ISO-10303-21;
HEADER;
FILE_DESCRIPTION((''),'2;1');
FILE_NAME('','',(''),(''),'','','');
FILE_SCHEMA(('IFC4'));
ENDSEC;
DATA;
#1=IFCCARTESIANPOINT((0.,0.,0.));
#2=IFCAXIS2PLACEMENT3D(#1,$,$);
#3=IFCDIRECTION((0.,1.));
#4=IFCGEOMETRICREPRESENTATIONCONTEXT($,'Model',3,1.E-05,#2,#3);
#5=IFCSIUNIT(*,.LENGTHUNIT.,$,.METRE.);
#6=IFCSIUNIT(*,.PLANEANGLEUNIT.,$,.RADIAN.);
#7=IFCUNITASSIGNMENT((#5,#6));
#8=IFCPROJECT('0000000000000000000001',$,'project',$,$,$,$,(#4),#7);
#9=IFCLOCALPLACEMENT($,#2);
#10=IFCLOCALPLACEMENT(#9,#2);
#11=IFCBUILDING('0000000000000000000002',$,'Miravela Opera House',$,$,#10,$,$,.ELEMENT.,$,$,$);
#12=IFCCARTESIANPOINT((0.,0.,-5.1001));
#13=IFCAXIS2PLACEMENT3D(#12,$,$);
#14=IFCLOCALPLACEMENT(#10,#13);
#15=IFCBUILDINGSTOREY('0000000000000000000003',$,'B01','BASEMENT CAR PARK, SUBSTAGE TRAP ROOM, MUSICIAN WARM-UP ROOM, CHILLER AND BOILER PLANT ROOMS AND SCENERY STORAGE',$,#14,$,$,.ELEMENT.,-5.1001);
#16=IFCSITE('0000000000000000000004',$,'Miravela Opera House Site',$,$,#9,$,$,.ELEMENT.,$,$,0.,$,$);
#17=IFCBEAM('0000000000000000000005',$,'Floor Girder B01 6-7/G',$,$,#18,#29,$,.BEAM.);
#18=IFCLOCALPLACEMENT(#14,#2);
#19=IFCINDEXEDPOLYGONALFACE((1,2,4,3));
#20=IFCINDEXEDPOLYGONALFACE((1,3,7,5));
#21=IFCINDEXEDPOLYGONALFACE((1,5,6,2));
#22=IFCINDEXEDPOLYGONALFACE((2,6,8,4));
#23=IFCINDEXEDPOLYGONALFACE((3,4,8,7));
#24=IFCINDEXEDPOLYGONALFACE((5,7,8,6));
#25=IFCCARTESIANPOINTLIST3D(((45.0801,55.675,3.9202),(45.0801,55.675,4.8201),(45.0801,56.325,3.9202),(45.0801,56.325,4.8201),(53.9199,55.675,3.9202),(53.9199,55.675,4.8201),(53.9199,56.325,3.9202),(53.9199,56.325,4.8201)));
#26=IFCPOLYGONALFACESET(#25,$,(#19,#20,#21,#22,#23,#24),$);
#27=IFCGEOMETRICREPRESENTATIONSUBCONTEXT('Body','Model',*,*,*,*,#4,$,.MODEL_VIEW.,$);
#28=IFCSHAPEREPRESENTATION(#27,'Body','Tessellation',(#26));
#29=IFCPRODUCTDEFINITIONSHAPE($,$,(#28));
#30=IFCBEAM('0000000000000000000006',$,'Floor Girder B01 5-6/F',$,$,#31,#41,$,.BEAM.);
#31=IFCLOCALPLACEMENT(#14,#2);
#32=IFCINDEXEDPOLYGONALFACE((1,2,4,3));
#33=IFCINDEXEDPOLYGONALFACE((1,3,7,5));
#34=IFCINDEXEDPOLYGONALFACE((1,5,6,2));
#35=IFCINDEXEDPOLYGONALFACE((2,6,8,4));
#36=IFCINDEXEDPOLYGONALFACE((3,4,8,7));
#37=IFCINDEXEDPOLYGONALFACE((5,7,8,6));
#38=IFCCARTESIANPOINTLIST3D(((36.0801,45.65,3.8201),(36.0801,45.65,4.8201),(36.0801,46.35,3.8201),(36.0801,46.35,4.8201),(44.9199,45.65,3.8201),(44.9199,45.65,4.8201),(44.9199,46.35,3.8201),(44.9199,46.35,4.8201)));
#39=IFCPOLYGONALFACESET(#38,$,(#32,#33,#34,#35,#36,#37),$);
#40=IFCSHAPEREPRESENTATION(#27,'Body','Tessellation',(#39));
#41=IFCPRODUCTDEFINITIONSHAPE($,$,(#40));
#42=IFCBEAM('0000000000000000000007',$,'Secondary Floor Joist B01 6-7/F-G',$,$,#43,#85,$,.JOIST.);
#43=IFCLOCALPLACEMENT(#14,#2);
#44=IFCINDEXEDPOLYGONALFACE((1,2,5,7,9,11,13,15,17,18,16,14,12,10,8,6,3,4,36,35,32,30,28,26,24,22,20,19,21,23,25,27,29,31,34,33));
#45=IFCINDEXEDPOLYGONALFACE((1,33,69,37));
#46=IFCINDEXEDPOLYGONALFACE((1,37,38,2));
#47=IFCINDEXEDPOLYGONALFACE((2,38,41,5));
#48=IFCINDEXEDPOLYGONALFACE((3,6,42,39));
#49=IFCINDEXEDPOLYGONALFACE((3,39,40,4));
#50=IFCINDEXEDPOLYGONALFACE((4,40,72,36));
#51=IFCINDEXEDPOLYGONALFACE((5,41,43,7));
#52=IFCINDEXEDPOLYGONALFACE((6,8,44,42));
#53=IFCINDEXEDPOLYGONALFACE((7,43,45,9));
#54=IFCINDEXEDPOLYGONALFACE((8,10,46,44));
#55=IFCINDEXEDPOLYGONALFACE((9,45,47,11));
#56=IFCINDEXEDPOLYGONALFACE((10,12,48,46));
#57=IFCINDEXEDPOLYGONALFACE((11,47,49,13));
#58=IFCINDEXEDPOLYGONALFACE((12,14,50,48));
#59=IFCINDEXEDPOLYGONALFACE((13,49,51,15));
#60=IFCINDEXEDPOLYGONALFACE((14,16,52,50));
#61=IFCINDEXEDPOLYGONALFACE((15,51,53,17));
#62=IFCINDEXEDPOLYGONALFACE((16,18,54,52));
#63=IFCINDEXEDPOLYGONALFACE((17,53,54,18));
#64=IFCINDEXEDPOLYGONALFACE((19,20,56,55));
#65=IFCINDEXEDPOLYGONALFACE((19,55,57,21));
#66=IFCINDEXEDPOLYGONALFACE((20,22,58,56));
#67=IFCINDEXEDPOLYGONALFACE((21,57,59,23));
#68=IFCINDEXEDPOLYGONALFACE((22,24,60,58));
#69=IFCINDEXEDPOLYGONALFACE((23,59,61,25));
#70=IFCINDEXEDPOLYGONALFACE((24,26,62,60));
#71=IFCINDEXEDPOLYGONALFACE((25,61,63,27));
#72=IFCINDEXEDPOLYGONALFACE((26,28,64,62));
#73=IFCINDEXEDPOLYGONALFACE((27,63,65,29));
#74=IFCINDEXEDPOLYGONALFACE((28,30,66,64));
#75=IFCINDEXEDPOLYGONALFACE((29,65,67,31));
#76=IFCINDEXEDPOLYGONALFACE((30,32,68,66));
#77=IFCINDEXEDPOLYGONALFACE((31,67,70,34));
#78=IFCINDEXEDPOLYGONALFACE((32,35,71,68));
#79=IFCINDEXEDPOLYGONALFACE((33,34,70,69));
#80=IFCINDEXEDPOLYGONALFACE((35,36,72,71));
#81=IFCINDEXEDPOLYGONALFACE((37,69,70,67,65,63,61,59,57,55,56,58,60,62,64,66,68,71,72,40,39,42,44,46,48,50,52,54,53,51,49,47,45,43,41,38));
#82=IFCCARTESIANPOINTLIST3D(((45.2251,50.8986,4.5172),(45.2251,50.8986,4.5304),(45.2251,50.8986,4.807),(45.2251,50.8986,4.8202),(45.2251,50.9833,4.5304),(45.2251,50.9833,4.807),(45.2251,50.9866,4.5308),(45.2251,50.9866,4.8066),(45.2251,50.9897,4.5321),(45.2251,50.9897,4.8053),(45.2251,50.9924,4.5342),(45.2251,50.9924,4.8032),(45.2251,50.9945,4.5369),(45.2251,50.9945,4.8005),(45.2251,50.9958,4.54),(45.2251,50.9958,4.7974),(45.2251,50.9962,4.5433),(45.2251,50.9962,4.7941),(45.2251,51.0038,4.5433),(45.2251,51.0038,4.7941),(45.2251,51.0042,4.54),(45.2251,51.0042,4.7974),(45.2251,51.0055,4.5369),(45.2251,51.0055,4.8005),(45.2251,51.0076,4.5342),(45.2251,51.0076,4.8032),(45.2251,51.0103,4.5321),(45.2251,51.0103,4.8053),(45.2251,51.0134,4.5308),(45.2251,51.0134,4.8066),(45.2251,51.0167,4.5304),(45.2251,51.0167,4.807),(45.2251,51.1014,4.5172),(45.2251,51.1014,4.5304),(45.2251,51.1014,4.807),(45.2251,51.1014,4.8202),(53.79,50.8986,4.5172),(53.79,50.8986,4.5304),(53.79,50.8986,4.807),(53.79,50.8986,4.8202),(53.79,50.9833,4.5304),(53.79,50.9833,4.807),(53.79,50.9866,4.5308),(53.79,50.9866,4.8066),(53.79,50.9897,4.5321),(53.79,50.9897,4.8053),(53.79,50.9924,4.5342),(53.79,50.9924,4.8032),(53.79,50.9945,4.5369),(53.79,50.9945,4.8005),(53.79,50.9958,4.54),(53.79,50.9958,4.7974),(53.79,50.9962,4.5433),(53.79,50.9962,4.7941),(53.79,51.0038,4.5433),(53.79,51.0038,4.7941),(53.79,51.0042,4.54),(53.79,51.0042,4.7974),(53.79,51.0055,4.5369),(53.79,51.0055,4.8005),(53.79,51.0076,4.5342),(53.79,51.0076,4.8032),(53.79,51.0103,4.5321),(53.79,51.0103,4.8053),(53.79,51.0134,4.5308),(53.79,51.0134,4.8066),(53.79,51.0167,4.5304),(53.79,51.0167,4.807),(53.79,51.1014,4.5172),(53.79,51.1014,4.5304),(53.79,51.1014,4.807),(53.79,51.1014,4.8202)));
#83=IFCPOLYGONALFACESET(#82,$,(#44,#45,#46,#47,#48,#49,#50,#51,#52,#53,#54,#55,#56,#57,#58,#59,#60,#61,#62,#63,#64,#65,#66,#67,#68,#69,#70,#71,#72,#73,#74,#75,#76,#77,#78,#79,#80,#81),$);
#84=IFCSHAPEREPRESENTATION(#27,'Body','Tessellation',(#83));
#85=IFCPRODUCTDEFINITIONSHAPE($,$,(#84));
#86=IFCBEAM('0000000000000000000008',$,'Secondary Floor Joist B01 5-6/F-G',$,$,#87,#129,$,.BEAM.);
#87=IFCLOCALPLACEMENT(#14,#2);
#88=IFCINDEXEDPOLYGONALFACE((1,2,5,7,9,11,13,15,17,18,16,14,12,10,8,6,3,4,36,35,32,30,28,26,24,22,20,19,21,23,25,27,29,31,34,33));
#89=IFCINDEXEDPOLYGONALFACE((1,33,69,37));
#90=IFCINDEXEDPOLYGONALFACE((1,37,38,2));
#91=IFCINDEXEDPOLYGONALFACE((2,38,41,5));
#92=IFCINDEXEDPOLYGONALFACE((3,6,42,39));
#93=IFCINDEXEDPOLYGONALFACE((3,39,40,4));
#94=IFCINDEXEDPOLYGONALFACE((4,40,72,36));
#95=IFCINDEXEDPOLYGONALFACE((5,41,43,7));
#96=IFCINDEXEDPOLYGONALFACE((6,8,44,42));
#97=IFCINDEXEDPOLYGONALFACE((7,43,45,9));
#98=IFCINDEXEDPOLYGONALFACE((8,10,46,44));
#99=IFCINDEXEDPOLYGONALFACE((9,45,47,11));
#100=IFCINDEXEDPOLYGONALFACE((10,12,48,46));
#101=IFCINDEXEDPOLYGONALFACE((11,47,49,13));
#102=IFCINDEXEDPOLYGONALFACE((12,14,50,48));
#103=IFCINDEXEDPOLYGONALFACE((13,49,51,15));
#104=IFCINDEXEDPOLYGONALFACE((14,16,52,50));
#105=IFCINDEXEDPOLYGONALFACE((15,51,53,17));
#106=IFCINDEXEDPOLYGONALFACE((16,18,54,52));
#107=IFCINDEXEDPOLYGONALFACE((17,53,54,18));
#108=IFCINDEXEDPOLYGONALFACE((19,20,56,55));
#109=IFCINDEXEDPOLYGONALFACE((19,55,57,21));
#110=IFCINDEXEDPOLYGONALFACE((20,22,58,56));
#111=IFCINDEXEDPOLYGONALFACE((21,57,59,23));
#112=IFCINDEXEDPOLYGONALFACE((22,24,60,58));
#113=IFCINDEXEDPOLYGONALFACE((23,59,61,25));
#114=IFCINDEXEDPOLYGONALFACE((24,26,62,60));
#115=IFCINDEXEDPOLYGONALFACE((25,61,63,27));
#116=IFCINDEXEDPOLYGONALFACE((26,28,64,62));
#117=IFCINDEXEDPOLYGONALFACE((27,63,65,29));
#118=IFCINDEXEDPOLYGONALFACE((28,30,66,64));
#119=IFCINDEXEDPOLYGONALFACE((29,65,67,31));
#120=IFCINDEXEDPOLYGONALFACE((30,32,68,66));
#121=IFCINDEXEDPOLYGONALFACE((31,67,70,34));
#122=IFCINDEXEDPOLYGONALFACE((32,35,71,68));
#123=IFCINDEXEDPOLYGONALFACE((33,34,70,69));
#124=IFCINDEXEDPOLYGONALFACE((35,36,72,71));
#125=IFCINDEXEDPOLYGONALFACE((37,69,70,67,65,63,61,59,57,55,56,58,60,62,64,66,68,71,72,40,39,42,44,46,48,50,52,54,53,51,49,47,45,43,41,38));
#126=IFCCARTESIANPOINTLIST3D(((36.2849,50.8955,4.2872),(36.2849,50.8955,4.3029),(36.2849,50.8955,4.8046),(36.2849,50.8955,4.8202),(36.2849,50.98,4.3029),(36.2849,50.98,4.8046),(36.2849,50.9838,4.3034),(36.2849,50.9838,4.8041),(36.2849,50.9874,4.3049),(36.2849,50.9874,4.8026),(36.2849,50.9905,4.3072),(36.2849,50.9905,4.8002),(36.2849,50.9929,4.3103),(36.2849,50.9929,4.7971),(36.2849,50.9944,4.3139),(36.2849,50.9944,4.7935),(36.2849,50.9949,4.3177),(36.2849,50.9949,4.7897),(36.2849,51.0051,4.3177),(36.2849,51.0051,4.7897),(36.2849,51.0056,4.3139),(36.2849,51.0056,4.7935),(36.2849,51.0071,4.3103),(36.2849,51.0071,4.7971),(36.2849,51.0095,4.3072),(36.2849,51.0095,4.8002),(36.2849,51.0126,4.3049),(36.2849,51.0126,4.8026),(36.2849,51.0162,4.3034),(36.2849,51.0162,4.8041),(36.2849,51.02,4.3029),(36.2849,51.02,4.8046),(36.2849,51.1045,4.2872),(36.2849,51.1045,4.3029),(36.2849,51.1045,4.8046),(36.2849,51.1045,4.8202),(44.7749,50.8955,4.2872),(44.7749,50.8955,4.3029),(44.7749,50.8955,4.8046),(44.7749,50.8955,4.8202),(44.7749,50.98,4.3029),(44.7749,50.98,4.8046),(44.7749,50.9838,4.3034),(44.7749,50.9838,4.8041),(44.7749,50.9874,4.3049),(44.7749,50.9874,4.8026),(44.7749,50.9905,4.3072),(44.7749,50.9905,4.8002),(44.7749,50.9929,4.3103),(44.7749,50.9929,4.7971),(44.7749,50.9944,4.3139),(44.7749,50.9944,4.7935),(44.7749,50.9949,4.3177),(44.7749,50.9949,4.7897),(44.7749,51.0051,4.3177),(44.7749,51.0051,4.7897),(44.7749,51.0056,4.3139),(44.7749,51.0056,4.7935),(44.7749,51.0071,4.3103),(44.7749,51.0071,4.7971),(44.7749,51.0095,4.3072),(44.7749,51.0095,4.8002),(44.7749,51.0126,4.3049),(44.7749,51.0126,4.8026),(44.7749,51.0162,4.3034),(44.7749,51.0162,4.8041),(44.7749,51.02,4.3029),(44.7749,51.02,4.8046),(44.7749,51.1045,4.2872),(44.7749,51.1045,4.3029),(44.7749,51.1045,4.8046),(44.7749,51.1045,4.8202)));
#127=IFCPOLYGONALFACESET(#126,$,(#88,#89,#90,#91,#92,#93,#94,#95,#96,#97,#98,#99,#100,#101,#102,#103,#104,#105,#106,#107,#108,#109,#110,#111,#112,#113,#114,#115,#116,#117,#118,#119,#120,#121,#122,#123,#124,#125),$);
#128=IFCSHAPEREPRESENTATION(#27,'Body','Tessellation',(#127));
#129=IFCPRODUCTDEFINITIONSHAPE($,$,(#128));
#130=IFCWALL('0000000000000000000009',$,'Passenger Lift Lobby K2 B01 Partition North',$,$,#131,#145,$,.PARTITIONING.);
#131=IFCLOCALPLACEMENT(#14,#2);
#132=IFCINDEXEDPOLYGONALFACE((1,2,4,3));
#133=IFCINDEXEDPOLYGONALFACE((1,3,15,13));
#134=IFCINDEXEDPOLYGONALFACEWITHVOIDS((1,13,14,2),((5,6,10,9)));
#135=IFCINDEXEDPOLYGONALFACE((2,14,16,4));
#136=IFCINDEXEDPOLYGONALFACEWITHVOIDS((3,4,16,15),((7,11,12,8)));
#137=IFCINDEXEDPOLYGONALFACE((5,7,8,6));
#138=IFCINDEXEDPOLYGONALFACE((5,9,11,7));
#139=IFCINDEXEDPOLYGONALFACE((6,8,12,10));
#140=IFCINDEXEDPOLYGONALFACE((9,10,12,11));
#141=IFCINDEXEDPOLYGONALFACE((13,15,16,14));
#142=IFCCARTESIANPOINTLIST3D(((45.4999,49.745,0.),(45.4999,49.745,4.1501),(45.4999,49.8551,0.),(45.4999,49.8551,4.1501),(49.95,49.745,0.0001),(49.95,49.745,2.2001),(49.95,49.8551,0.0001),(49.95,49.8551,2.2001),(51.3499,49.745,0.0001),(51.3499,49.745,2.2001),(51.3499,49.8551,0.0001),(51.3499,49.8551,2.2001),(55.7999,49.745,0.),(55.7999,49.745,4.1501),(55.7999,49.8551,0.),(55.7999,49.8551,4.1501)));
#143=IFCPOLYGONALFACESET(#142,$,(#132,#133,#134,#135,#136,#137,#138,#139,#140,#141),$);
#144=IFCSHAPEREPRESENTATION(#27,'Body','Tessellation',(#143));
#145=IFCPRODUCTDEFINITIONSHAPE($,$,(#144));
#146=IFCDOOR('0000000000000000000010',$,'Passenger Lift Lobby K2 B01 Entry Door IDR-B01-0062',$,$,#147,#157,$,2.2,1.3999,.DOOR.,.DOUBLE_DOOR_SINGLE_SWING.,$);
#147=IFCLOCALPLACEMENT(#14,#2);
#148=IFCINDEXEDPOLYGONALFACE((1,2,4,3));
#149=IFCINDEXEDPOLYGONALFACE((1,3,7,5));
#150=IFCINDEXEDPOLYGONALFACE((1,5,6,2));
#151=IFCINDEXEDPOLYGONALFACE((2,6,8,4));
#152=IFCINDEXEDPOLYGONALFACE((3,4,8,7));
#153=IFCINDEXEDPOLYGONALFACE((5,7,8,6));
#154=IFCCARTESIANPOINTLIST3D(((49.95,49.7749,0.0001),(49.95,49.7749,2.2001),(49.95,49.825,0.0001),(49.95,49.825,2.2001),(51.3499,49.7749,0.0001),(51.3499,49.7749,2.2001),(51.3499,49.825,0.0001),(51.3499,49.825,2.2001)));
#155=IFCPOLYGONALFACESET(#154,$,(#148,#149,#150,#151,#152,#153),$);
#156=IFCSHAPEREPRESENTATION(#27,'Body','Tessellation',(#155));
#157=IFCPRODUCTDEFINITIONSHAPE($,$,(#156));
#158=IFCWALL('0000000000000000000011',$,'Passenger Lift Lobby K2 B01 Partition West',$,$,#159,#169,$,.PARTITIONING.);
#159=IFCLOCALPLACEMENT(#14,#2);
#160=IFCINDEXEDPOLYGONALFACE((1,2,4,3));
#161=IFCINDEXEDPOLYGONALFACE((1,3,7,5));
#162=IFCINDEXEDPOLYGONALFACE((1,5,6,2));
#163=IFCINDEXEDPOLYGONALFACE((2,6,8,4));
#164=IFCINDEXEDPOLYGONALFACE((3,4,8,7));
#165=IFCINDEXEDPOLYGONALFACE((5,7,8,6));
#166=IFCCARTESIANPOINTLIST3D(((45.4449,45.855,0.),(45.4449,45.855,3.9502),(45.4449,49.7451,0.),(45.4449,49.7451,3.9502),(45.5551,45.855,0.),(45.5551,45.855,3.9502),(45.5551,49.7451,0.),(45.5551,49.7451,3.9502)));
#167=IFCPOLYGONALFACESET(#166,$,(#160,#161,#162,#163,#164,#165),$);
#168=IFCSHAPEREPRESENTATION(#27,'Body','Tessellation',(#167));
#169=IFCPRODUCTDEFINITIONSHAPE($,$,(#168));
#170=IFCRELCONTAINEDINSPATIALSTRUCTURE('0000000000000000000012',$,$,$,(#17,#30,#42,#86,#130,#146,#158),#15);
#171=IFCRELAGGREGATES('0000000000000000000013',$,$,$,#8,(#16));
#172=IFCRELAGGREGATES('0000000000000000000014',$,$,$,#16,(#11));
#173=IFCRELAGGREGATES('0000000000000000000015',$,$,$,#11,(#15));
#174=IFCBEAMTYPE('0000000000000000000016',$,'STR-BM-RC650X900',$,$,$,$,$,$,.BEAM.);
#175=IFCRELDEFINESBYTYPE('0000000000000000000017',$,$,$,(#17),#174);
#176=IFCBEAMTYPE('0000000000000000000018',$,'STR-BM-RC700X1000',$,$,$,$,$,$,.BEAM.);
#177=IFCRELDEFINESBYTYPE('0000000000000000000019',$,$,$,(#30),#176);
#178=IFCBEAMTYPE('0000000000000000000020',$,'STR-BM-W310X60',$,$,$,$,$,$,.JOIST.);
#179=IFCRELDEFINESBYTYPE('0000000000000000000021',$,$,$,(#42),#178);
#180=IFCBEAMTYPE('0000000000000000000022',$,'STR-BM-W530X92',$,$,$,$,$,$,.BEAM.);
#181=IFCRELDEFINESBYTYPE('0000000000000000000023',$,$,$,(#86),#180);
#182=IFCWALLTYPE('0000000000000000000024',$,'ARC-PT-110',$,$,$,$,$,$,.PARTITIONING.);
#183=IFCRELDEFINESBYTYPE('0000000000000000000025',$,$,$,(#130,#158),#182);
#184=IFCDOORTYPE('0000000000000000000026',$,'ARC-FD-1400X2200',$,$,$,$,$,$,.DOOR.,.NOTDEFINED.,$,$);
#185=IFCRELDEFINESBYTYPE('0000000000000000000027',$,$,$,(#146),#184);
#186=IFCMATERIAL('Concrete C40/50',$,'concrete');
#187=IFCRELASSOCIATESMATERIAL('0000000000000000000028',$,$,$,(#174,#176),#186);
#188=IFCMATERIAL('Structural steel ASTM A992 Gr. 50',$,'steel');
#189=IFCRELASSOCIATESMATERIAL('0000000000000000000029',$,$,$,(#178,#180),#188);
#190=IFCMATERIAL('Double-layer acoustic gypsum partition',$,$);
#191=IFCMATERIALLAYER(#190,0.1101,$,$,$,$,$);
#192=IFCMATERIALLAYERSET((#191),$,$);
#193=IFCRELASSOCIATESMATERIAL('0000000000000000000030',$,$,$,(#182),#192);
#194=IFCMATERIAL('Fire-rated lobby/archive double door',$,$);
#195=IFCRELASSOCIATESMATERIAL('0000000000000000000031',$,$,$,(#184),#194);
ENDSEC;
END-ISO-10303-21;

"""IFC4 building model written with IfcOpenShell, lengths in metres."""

from ifc_helpers import new_model, si_unit, direction, frame, frame_2d, origin, origin_2d, place, context, subcontext, project, spatial, rectangle, i_section, extrude, material, layer, layer_set, material_profile, profile_set, type_object, element, fill, save


model = new_model("IFC4")

# Units and contexts
model_context = context("Model", 3, precision=1e-05, world=origin(), true_north=direction((0.0, 1.0)))
body_context = subcontext(model_context, "Body", "Model", "MODEL_VIEW")
ifc_project = project(units=[si_unit("LENGTHUNIT", "METRE"), si_unit("PLANEANGLEUNIT", "RADIAN")], contexts=[model_context])

# Site, building, storey
site_placement = place(None, origin())
site = spatial("IfcSite", under=ifc_project, at=site_placement, Name="Miravela Opera House Site", CompositionType="ELEMENT", RefElevation=0.0)
building_placement = place(site_placement, origin())
building = spatial("IfcBuilding", under=site, at=building_placement, Name="Miravela Opera House", CompositionType="ELEMENT")
storey_placement = place(building_placement, frame((0.0, 0.0, -5.1001)))
storey = spatial("IfcBuildingStorey", under=building, at=storey_placement, Name="B01", Description="BASEMENT CAR PARK, SUBSTAGE TRAP ROOM, MUSICIAN WARM-UP ROOM, CHILLER AND BOILER PLANT ROOMS AND SCENERY STORAGE", CompositionType="ELEMENT", Elevation=-5.1001)

# Shared definitions
ifc_material_1 = material(Name="Concrete C40/50", Category="concrete")

# Beams
ifc_material_profile_1 = material_profile(ifc_material_1, rectangle(XDim=0.6499, YDim=0.8999, at=origin_2d()), Name="RC-BM-650X900")
ifc_profile_set_1 = profile_set([ifc_material_profile_1])
beam_type_1 = type_object("IfcBeamType", Name="STR-BM-RC650X900", PredefinedType="BEAM", material=ifc_profile_set_1)
beam_1_placement = place(storey_placement, frame((45.0801, 56.0, 4.3701), z_axis=(1.0, 0.0, 0.0), x_axis=(0.0, 1.0, 0.0)))
element("IfcBeam", 1, at=beam_1_placement, inside=storey, type_object=beam_type_1, Name="Floor Girder B01 6-7/G", PredefinedType="BEAM", context=body_context, shape_type="SweptSolid", body=[
    extrude(rectangle(XDim=0.6499, YDim=0.8999, at=origin_2d()), origin(), (0.0, 0.0, 1.0), 8.8398),
])
ifc_material_profile_2 = material_profile(ifc_material_1, rectangle(XDim=0.7, YDim=1.0, at=origin_2d()), Name="RC-BM-700X1000")
ifc_profile_set_2 = profile_set([ifc_material_profile_2])
beam_type_2 = type_object("IfcBeamType", Name="STR-BM-RC700X1000", PredefinedType="BEAM", material=ifc_profile_set_2)
beam_2_placement = place(storey_placement, frame((36.0801, 46.0, 4.3201), z_axis=(1.0, 0.0, 0.0), x_axis=(0.0, 1.0, 0.0)))
element("IfcBeam", 2, at=beam_2_placement, inside=storey, type_object=beam_type_2, Name="Floor Girder B01 5-6/F", PredefinedType="BEAM", context=body_context, shape_type="SweptSolid", body=[
    extrude(rectangle(XDim=0.7, YDim=1.0, at=origin_2d()), origin(), (0.0, 0.0, 1.0), 8.8398),
])
ifc_material_2 = material(Name="Structural steel ASTM A992 Gr. 50", Category="steel")
ifc_material_profile_3 = material_profile(ifc_material_2, i_section(OverallWidth=0.2029, OverallDepth=0.303, WebThickness=0.0076, FlangeThickness=0.0132, FilletRadius=0.0129, at=origin_2d()), Name="W310X60")
ifc_profile_set_3 = profile_set([ifc_material_profile_3])
beam_type_3 = type_object("IfcBeamType", Name="STR-BM-W310X60", PredefinedType="JOIST", material=ifc_profile_set_3)
beam_3_placement = place(storey_placement, frame((45.2251, 51.0, 4.6687), z_axis=(1.0, 0.0, 0.0), x_axis=(0.0, 1.0, 0.0)))
element("IfcBeam", 3, at=beam_3_placement, inside=storey, type_object=beam_type_3, Name="Secondary Floor Joist B01 6-7/F-G", PredefinedType="JOIST", context=body_context, shape_type="SweptSolid", body=[
    extrude(i_section(OverallWidth=0.2029, OverallDepth=0.303, WebThickness=0.0076, FlangeThickness=0.0132, FilletRadius=0.0129, at=origin_2d()), origin(), (0.0, 0.0, 1.0), 8.5649),
])
ifc_material_profile_4 = material_profile(ifc_material_2, i_section(OverallWidth=0.209, OverallDepth=0.533, WebThickness=0.0103, FlangeThickness=0.0156, FilletRadius=0.0149, at=origin_2d()), Name="W530X92")
ifc_profile_set_4 = profile_set([ifc_material_profile_4])
beam_type_4 = type_object("IfcBeamType", Name="STR-BM-W530X92", PredefinedType="BEAM", material=ifc_profile_set_4)
beam_4_placement = place(storey_placement, frame((36.2849, 51.0, 4.5537), z_axis=(1.0, 0.0, 0.0), x_axis=(0.0, 1.0, 0.0)))
element("IfcBeam", 4, at=beam_4_placement, inside=storey, type_object=beam_type_4, Name="Secondary Floor Joist B01 5-6/F-G", PredefinedType="BEAM", context=body_context, shape_type="SweptSolid", body=[
    extrude(i_section(OverallWidth=0.209, OverallDepth=0.533, WebThickness=0.0103, FlangeThickness=0.0156, FilletRadius=0.0149, at=origin_2d()), origin(), (0.0, 0.0, 1.0), 8.49),
])

# Wall, opening, door
ifc_material_3 = material(Name="Double-layer acoustic gypsum partition")
ifc_layer = layer(ifc_material_3, 0.1101)
ifc_layer_set = layer_set([ifc_layer])
wall_type = type_object("IfcWallType", Name="ARC-PT-110", PredefinedType="PARTITIONING", material=ifc_layer_set)
wall_1_placement = place(storey_placement, frame((45.5, 49.8, 0.0), z_axis=(0.0, 0.0, 1.0), x_axis=(1.0, 0.0, 0.0)))
wall_1 = element("IfcWall", 5, at=wall_1_placement, inside=storey, type_object=wall_type, Name="Passenger Lift Lobby K2 B01 Partition North", PredefinedType="PARTITIONING", context=body_context, shape_type="SweptSolid", body=[
    extrude(rectangle(XDim=10.3, YDim=0.1101, at=frame_2d((5.1499, 0.0))), origin(), (0.0, 0.0, 1.0), 4.1501),
])
opening_placement = place(wall_1_placement, frame((4.45, 0.0, 0.0)))
opening = element("IfcOpeningElement", 6, at=opening_placement, cuts=wall_1, PredefinedType="OPENING", context=body_context, shape_type="SweptSolid", body=[
    extrude(rectangle(XDim=1.3999, YDim=2.2, at=frame_2d((0.7, 1.1001))), frame((0.0, 0.0649, 0.0), z_axis=(0.0, -1.0, 0.0), x_axis=(1.0, 0.0, 0.0)), (0.0, 0.0, 1.0), 0.1301),
])
ifc_material_4 = material(Name="Fire-rated lobby/archive double door")
door_type = type_object("IfcDoorType", Name="ARC-FD-1400X2200", OperationType="NOTDEFINED", PredefinedType="DOOR", material=ifc_material_4)
door_placement = place(opening_placement, origin())
door = element("IfcDoor", 7, at=door_placement, inside=storey, type_object=door_type, Name="Passenger Lift Lobby K2 B01 Entry Door IDR-B01-0062", OperationType="DOUBLE_DOOR_SINGLE_SWING", OverallHeight=2.2, OverallWidth=1.3999, PredefinedType="DOOR", context=body_context, shape_type="SweptSolid", body=[
    extrude(rectangle(XDim=1.3999, YDim=2.2, at=frame_2d((0.7, 1.1001))), frame((0.0, 0.0249, 0.0), z_axis=(0.0, -1.0, 0.0), x_axis=(1.0, 0.0, 0.0)), (0.0, 0.0, 1.0), 0.05),
])
fill(opening, door)

# Wall
wall_2_placement = place(storey_placement, frame((45.5, 45.855, 0.0), z_axis=(0.0, 0.0, 1.0), x_axis=(0.0, 1.0, 0.0)))
element("IfcWall", 8, at=wall_2_placement, inside=storey, type_object=wall_type, Name="Passenger Lift Lobby K2 B01 Partition West", PredefinedType="PARTITIONING", context=body_context, shape_type="SweptSolid", body=[
    extrude(rectangle(XDim=3.8901, YDim=0.1101, at=frame_2d((1.9451, 0.0))), origin(), (0.0, 0.0, 1.0), 3.9502),
])

save(model, "model.ifc")
